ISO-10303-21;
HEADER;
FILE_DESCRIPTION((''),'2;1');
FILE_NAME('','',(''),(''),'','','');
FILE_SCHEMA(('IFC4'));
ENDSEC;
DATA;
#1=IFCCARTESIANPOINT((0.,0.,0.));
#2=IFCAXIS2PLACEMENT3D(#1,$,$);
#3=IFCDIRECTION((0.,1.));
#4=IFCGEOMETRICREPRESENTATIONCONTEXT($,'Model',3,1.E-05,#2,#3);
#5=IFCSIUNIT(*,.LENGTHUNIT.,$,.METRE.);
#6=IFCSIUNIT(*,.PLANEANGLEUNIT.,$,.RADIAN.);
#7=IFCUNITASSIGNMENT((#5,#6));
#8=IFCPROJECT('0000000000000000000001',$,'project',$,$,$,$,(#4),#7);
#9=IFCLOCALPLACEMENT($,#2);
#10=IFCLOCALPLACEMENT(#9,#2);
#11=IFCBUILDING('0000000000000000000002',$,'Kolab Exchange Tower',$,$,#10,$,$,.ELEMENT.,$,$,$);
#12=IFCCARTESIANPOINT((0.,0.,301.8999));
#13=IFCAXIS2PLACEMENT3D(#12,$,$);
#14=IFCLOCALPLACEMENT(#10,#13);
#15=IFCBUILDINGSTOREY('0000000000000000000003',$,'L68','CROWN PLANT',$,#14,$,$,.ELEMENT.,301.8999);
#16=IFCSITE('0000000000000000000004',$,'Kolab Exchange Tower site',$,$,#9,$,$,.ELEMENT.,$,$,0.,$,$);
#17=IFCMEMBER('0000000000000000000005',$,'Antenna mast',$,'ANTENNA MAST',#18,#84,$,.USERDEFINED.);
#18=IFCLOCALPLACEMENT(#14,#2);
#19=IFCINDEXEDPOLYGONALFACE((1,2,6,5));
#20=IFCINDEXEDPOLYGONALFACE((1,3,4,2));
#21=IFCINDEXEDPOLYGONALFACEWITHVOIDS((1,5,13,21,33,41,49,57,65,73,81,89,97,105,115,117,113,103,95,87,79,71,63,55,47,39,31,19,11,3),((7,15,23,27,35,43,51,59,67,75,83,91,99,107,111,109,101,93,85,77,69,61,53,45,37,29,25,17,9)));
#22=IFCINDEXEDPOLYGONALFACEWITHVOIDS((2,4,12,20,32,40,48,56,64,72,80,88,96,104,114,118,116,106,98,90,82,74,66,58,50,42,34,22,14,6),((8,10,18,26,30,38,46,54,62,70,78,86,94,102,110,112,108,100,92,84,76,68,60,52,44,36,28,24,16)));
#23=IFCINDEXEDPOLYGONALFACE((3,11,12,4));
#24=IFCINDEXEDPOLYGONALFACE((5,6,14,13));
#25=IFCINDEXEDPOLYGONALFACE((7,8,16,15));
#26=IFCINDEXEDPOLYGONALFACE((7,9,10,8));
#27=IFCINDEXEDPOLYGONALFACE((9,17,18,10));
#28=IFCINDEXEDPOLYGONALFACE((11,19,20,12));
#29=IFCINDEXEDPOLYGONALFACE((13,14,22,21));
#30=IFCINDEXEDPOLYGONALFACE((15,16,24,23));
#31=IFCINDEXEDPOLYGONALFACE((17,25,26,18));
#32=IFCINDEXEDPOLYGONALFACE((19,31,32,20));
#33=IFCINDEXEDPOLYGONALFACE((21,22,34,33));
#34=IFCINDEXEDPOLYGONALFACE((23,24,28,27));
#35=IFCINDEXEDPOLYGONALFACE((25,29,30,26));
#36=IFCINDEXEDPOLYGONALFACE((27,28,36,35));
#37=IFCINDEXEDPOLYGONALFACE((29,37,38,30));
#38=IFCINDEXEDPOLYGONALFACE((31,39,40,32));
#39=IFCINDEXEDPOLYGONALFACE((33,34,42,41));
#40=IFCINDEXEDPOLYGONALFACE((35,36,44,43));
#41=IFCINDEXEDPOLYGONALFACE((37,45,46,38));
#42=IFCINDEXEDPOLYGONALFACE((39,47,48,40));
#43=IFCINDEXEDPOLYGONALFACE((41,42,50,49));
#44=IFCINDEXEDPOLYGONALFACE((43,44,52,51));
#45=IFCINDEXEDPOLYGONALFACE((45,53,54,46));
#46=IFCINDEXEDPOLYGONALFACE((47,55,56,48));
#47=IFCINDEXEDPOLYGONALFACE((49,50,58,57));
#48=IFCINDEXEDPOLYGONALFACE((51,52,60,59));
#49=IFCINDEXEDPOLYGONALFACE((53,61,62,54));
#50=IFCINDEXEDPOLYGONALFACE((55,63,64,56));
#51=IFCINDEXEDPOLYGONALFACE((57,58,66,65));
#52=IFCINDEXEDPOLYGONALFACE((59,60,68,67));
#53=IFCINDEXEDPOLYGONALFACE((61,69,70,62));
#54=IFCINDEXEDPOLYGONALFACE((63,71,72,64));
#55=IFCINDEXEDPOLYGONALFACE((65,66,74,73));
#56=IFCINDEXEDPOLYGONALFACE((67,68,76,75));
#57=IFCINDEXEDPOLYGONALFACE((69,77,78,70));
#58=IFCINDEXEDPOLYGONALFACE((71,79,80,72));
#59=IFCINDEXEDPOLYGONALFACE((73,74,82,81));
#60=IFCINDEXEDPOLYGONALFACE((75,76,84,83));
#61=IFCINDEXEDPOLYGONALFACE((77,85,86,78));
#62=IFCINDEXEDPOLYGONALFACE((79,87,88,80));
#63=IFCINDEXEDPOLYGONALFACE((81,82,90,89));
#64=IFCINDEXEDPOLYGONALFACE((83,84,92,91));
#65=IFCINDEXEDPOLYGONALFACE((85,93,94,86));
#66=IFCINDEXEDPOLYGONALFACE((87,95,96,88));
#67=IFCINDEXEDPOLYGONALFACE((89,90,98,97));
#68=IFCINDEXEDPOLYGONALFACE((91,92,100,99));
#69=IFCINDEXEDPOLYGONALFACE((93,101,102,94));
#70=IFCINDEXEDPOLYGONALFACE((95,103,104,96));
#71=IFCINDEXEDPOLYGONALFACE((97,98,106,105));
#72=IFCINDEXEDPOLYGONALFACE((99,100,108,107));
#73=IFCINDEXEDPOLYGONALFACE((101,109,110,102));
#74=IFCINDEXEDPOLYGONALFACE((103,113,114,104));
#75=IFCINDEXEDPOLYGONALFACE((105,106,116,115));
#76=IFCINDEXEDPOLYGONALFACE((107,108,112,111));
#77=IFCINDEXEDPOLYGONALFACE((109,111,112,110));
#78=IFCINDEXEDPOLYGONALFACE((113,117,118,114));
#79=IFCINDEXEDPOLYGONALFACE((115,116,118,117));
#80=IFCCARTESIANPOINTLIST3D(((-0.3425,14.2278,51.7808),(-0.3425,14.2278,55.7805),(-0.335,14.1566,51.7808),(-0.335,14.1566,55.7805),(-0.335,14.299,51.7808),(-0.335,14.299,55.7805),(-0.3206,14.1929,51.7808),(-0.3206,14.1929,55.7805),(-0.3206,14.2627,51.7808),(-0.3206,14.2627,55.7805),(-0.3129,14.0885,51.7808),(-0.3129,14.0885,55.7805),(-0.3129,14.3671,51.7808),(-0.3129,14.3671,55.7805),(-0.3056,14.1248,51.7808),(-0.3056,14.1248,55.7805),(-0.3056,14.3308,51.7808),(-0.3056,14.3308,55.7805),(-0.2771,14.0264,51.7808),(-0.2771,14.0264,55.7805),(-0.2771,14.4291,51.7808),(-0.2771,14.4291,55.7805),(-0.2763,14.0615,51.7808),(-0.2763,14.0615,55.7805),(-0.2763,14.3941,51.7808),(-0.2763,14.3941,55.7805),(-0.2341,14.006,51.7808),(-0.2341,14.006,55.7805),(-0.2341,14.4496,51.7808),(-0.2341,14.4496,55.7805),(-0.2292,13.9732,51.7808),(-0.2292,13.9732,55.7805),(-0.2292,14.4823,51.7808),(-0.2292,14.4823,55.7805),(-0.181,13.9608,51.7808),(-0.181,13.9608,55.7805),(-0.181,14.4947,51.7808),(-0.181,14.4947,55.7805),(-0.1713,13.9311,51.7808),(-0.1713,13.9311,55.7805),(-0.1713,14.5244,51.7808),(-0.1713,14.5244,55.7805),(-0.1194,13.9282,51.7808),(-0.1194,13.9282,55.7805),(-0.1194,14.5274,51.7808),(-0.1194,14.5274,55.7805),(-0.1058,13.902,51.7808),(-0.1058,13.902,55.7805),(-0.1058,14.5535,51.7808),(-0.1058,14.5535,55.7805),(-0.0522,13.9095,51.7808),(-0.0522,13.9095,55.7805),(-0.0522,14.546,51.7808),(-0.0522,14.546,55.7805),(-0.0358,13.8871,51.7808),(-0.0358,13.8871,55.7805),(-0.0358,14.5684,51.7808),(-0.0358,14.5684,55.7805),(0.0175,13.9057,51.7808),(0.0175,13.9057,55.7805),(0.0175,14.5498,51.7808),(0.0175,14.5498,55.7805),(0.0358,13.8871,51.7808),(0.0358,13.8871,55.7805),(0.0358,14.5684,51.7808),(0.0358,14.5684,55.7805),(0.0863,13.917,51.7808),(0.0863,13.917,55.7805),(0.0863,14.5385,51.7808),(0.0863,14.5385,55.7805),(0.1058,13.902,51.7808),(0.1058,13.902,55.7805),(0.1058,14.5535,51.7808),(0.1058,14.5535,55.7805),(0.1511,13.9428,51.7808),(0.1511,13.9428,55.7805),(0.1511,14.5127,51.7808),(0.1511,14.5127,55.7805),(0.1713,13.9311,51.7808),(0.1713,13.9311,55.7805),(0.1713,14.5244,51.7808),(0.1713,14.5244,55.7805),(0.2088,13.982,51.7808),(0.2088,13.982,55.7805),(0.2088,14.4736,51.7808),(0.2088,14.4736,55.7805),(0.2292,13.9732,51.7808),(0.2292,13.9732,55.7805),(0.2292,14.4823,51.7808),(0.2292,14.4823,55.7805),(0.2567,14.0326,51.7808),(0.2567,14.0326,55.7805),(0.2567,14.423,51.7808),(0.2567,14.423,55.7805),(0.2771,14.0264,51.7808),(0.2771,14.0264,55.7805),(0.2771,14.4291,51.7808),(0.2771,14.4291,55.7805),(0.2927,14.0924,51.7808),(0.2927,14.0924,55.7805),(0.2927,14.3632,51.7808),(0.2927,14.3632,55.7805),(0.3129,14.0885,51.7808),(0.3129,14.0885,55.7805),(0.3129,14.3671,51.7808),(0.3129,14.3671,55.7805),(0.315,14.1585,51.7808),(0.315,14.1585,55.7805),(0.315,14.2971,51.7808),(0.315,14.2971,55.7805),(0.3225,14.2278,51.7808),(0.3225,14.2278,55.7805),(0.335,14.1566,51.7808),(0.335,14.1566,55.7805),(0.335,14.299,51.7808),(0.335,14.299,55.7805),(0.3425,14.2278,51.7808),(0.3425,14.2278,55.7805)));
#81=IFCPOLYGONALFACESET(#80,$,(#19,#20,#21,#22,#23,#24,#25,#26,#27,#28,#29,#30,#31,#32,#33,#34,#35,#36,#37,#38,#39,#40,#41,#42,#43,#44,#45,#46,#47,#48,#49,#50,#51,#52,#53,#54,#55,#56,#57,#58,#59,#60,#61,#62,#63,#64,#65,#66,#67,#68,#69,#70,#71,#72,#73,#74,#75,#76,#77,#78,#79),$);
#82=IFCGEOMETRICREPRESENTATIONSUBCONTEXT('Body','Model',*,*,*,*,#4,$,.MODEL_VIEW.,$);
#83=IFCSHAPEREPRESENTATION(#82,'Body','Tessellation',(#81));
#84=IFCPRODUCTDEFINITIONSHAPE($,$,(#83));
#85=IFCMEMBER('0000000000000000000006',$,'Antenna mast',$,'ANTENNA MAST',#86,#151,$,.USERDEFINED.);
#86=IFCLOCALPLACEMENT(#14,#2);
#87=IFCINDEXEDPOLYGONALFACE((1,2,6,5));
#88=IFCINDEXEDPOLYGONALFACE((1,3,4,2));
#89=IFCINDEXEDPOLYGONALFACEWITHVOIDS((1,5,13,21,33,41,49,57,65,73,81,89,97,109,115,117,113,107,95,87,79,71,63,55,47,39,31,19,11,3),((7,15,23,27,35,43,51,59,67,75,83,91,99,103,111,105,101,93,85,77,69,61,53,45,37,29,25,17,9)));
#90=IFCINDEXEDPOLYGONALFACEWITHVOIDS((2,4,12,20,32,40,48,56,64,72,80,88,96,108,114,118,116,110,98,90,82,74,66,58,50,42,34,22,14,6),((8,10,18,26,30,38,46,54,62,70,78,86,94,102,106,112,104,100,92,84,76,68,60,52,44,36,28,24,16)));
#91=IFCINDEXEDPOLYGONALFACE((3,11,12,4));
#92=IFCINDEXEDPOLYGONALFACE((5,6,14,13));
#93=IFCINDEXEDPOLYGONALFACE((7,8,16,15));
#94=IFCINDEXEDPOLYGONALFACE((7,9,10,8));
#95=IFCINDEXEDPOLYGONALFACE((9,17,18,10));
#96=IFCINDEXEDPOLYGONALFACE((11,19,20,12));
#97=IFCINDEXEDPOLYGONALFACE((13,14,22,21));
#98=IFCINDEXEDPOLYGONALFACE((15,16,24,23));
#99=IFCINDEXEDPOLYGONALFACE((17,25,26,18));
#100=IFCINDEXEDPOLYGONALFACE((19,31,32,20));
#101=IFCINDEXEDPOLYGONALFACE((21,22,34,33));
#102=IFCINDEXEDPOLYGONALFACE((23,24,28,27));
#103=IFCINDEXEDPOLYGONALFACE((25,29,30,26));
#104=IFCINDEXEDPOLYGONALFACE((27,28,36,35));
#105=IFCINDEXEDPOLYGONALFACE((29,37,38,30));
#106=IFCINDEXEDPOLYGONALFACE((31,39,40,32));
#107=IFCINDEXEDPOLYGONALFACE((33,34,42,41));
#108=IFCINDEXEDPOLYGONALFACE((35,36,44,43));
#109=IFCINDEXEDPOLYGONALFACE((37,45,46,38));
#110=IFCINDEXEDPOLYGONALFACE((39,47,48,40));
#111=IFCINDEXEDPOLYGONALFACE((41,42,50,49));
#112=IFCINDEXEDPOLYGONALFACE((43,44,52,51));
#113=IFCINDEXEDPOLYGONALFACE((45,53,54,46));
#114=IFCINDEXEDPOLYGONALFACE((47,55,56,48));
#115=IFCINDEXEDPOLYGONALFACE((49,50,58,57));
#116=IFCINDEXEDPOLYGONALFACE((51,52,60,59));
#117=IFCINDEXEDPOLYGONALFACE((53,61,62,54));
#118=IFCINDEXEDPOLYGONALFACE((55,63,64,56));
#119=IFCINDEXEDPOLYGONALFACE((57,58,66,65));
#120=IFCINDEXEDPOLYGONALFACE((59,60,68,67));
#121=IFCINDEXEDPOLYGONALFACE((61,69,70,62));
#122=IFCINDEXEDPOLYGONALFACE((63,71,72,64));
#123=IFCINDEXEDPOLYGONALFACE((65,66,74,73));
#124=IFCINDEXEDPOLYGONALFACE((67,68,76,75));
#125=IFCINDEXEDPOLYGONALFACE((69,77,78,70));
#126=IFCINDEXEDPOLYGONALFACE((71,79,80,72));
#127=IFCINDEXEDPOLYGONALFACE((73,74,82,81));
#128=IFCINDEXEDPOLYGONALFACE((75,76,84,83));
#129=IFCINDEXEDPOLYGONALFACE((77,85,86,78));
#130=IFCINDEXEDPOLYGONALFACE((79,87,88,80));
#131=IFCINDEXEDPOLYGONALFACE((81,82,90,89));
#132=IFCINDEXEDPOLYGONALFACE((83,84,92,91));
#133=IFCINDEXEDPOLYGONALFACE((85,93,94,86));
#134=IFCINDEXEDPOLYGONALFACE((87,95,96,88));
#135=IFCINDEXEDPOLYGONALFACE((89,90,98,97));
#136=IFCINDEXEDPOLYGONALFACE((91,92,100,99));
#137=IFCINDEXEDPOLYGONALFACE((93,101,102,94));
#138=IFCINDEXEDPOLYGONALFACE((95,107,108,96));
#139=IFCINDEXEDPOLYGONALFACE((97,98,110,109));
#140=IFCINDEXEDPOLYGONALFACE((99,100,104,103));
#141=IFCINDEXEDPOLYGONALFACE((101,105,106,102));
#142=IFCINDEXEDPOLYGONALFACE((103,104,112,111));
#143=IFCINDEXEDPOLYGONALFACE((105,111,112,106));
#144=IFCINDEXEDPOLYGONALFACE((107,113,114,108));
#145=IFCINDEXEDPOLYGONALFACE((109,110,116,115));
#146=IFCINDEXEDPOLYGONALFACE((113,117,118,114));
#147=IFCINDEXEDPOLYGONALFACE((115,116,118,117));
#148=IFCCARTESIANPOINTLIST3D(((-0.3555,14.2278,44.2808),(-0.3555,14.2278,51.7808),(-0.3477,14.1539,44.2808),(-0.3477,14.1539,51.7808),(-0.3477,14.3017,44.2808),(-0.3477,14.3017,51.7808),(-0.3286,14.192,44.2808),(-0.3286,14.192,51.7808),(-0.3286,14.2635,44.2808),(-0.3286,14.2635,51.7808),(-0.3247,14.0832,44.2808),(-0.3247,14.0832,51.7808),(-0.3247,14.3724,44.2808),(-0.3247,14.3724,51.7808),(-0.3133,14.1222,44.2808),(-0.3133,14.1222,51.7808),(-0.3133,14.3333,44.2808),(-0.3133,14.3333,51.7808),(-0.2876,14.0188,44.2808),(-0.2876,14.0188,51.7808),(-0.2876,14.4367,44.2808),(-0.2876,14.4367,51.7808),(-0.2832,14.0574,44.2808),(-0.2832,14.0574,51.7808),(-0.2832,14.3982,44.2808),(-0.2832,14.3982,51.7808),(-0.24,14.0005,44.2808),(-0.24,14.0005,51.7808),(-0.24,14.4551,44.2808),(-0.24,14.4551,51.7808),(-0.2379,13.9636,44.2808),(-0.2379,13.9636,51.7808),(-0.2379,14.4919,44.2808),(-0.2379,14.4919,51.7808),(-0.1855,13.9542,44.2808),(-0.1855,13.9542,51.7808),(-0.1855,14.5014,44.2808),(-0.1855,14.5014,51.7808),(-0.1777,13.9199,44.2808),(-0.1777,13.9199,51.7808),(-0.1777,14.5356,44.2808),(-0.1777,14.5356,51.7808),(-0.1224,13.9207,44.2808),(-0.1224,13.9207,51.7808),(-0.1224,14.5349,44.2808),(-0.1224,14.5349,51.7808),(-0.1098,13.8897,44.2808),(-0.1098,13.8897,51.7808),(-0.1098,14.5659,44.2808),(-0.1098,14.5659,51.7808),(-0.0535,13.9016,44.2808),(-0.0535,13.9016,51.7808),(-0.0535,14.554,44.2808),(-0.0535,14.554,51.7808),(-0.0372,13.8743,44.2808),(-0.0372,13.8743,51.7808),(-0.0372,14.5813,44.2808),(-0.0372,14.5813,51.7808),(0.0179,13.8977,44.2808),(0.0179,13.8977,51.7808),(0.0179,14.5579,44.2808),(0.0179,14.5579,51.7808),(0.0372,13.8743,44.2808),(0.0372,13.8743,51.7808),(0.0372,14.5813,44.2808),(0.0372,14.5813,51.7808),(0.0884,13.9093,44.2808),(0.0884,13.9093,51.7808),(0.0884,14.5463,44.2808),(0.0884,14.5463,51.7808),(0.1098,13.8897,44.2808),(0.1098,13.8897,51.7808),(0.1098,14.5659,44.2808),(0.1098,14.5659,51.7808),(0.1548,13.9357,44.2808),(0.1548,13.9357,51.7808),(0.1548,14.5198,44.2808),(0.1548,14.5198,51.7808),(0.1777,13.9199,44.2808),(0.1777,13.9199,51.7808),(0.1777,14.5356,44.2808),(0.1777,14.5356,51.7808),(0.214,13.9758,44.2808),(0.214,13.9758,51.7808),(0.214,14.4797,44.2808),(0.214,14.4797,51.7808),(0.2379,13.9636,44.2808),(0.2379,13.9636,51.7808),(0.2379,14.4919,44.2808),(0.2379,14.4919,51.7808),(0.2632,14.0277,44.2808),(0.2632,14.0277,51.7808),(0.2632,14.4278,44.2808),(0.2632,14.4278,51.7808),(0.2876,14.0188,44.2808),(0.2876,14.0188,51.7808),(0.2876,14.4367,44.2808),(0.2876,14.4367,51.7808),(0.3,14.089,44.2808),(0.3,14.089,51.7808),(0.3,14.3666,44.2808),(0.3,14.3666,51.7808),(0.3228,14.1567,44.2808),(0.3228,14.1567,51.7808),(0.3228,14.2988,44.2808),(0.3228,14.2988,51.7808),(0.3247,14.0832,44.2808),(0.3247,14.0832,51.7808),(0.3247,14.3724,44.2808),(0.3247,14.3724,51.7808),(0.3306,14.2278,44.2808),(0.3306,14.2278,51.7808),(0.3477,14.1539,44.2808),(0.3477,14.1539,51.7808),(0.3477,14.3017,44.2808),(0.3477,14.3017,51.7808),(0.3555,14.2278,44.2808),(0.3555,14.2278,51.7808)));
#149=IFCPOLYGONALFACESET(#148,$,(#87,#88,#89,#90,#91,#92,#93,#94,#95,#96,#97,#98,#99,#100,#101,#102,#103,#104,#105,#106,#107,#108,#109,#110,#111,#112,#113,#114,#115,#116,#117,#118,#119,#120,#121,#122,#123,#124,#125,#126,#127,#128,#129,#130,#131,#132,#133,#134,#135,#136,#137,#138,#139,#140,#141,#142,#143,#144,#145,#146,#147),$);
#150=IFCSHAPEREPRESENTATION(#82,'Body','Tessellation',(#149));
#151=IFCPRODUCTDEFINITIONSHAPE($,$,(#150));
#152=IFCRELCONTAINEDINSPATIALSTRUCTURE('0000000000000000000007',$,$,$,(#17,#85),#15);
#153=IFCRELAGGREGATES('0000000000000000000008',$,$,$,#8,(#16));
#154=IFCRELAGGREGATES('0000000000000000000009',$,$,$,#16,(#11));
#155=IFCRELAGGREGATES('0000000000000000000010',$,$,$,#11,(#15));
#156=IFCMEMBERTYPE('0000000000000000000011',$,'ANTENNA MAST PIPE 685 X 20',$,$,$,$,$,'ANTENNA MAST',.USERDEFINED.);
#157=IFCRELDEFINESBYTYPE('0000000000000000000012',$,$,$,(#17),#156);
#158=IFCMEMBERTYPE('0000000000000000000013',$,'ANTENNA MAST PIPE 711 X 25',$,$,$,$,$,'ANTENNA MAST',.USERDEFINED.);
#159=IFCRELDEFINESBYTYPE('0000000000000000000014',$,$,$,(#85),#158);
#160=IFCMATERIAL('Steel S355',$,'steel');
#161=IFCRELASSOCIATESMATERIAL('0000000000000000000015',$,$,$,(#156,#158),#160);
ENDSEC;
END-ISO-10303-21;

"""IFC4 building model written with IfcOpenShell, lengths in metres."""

from ifc_helpers import new_model, si_unit, direction, frame, origin, origin_2d, place, context, subcontext, project, spatial, hollow_circle, extrude, material, material_profile, profile_set, type_object, element, save


model = new_model("IFC4")

# Units and contexts
model_context = context("Model", 3, precision=1e-05, world=origin(), true_north=direction((0.0, 1.0)))
body_context = subcontext(model_context, "Body", "Model", "MODEL_VIEW")
ifc_project = project(units=[si_unit("LENGTHUNIT", "METRE"), si_unit("PLANEANGLEUNIT", "RADIAN")], contexts=[model_context])

# Site, building, storey
site_placement = place(None, origin())
site = spatial("IfcSite", under=ifc_project, at=site_placement, Name="Kolab Exchange Tower site", CompositionType="ELEMENT", RefElevation=0.0)
building_placement = place(site_placement, origin())
building = spatial("IfcBuilding", under=site, at=building_placement, Name="Kolab Exchange Tower", CompositionType="ELEMENT")
storey_placement = place(building_placement, frame((0.0, 0.0, 301.8999)))
storey = spatial("IfcBuildingStorey", under=building, at=storey_placement, Name="L68", Description="CROWN PLANT", CompositionType="ELEMENT", Elevation=301.8999)

# Members
ifc_material_1 = material(Name="Steel S355", Category="steel")
ifc_material_profile_1 = material_profile(ifc_material_1, hollow_circle(Radius=0.3425, WallThickness=0.02, at=origin_2d()), Name="PIPE685X20")
ifc_profile_set_1 = profile_set([ifc_material_profile_1], Name="Steel S355")
member_type_1 = type_object("IfcMemberType", Name="ANTENNA MAST PIPE 685 X 20", ElementType="ANTENNA MAST", PredefinedType="USERDEFINED", material=ifc_profile_set_1)
member_1_placement = place(storey_placement, frame((0.0, 14.2278, 51.7808), z_axis=(0.0, 0.0, 1.0), x_axis=(1.0, 0.0, 0.0)))
element("IfcMember", 1, at=member_1_placement, inside=storey, type_object=member_type_1, Name="Antenna mast", ObjectType="ANTENNA MAST", PredefinedType="USERDEFINED", context=body_context, shape_type="SweptSolid", body=[
    extrude(hollow_circle(Radius=0.3425, WallThickness=0.02, at=origin_2d()), origin(), (0.0, 0.0, 1.0), 3.9998),
])
ifc_material_profile_2 = material_profile(ifc_material_1, hollow_circle(Radius=0.3555, WallThickness=0.0249, at=origin_2d()), Name="PIPE711X25")
ifc_profile_set_2 = profile_set([ifc_material_profile_2], Name="Steel S355")
member_type_2 = type_object("IfcMemberType", Name="ANTENNA MAST PIPE 711 X 25", ElementType="ANTENNA MAST", PredefinedType="USERDEFINED", material=ifc_profile_set_2)
member_2_placement = place(storey_placement, frame((0.0, 14.2278, 44.2808), z_axis=(0.0, 0.0, 1.0), x_axis=(1.0, 0.0, 0.0)))
element("IfcMember", 2, at=member_2_placement, inside=storey, type_object=member_type_2, Name="Antenna mast", ObjectType="ANTENNA MAST", PredefinedType="USERDEFINED", context=body_context, shape_type="SweptSolid", body=[
    extrude(hollow_circle(Radius=0.3555, WallThickness=0.0249, at=origin_2d()), origin(), (0.0, 0.0, 1.0), 7.5),
])

save(model, "model.ifc")
